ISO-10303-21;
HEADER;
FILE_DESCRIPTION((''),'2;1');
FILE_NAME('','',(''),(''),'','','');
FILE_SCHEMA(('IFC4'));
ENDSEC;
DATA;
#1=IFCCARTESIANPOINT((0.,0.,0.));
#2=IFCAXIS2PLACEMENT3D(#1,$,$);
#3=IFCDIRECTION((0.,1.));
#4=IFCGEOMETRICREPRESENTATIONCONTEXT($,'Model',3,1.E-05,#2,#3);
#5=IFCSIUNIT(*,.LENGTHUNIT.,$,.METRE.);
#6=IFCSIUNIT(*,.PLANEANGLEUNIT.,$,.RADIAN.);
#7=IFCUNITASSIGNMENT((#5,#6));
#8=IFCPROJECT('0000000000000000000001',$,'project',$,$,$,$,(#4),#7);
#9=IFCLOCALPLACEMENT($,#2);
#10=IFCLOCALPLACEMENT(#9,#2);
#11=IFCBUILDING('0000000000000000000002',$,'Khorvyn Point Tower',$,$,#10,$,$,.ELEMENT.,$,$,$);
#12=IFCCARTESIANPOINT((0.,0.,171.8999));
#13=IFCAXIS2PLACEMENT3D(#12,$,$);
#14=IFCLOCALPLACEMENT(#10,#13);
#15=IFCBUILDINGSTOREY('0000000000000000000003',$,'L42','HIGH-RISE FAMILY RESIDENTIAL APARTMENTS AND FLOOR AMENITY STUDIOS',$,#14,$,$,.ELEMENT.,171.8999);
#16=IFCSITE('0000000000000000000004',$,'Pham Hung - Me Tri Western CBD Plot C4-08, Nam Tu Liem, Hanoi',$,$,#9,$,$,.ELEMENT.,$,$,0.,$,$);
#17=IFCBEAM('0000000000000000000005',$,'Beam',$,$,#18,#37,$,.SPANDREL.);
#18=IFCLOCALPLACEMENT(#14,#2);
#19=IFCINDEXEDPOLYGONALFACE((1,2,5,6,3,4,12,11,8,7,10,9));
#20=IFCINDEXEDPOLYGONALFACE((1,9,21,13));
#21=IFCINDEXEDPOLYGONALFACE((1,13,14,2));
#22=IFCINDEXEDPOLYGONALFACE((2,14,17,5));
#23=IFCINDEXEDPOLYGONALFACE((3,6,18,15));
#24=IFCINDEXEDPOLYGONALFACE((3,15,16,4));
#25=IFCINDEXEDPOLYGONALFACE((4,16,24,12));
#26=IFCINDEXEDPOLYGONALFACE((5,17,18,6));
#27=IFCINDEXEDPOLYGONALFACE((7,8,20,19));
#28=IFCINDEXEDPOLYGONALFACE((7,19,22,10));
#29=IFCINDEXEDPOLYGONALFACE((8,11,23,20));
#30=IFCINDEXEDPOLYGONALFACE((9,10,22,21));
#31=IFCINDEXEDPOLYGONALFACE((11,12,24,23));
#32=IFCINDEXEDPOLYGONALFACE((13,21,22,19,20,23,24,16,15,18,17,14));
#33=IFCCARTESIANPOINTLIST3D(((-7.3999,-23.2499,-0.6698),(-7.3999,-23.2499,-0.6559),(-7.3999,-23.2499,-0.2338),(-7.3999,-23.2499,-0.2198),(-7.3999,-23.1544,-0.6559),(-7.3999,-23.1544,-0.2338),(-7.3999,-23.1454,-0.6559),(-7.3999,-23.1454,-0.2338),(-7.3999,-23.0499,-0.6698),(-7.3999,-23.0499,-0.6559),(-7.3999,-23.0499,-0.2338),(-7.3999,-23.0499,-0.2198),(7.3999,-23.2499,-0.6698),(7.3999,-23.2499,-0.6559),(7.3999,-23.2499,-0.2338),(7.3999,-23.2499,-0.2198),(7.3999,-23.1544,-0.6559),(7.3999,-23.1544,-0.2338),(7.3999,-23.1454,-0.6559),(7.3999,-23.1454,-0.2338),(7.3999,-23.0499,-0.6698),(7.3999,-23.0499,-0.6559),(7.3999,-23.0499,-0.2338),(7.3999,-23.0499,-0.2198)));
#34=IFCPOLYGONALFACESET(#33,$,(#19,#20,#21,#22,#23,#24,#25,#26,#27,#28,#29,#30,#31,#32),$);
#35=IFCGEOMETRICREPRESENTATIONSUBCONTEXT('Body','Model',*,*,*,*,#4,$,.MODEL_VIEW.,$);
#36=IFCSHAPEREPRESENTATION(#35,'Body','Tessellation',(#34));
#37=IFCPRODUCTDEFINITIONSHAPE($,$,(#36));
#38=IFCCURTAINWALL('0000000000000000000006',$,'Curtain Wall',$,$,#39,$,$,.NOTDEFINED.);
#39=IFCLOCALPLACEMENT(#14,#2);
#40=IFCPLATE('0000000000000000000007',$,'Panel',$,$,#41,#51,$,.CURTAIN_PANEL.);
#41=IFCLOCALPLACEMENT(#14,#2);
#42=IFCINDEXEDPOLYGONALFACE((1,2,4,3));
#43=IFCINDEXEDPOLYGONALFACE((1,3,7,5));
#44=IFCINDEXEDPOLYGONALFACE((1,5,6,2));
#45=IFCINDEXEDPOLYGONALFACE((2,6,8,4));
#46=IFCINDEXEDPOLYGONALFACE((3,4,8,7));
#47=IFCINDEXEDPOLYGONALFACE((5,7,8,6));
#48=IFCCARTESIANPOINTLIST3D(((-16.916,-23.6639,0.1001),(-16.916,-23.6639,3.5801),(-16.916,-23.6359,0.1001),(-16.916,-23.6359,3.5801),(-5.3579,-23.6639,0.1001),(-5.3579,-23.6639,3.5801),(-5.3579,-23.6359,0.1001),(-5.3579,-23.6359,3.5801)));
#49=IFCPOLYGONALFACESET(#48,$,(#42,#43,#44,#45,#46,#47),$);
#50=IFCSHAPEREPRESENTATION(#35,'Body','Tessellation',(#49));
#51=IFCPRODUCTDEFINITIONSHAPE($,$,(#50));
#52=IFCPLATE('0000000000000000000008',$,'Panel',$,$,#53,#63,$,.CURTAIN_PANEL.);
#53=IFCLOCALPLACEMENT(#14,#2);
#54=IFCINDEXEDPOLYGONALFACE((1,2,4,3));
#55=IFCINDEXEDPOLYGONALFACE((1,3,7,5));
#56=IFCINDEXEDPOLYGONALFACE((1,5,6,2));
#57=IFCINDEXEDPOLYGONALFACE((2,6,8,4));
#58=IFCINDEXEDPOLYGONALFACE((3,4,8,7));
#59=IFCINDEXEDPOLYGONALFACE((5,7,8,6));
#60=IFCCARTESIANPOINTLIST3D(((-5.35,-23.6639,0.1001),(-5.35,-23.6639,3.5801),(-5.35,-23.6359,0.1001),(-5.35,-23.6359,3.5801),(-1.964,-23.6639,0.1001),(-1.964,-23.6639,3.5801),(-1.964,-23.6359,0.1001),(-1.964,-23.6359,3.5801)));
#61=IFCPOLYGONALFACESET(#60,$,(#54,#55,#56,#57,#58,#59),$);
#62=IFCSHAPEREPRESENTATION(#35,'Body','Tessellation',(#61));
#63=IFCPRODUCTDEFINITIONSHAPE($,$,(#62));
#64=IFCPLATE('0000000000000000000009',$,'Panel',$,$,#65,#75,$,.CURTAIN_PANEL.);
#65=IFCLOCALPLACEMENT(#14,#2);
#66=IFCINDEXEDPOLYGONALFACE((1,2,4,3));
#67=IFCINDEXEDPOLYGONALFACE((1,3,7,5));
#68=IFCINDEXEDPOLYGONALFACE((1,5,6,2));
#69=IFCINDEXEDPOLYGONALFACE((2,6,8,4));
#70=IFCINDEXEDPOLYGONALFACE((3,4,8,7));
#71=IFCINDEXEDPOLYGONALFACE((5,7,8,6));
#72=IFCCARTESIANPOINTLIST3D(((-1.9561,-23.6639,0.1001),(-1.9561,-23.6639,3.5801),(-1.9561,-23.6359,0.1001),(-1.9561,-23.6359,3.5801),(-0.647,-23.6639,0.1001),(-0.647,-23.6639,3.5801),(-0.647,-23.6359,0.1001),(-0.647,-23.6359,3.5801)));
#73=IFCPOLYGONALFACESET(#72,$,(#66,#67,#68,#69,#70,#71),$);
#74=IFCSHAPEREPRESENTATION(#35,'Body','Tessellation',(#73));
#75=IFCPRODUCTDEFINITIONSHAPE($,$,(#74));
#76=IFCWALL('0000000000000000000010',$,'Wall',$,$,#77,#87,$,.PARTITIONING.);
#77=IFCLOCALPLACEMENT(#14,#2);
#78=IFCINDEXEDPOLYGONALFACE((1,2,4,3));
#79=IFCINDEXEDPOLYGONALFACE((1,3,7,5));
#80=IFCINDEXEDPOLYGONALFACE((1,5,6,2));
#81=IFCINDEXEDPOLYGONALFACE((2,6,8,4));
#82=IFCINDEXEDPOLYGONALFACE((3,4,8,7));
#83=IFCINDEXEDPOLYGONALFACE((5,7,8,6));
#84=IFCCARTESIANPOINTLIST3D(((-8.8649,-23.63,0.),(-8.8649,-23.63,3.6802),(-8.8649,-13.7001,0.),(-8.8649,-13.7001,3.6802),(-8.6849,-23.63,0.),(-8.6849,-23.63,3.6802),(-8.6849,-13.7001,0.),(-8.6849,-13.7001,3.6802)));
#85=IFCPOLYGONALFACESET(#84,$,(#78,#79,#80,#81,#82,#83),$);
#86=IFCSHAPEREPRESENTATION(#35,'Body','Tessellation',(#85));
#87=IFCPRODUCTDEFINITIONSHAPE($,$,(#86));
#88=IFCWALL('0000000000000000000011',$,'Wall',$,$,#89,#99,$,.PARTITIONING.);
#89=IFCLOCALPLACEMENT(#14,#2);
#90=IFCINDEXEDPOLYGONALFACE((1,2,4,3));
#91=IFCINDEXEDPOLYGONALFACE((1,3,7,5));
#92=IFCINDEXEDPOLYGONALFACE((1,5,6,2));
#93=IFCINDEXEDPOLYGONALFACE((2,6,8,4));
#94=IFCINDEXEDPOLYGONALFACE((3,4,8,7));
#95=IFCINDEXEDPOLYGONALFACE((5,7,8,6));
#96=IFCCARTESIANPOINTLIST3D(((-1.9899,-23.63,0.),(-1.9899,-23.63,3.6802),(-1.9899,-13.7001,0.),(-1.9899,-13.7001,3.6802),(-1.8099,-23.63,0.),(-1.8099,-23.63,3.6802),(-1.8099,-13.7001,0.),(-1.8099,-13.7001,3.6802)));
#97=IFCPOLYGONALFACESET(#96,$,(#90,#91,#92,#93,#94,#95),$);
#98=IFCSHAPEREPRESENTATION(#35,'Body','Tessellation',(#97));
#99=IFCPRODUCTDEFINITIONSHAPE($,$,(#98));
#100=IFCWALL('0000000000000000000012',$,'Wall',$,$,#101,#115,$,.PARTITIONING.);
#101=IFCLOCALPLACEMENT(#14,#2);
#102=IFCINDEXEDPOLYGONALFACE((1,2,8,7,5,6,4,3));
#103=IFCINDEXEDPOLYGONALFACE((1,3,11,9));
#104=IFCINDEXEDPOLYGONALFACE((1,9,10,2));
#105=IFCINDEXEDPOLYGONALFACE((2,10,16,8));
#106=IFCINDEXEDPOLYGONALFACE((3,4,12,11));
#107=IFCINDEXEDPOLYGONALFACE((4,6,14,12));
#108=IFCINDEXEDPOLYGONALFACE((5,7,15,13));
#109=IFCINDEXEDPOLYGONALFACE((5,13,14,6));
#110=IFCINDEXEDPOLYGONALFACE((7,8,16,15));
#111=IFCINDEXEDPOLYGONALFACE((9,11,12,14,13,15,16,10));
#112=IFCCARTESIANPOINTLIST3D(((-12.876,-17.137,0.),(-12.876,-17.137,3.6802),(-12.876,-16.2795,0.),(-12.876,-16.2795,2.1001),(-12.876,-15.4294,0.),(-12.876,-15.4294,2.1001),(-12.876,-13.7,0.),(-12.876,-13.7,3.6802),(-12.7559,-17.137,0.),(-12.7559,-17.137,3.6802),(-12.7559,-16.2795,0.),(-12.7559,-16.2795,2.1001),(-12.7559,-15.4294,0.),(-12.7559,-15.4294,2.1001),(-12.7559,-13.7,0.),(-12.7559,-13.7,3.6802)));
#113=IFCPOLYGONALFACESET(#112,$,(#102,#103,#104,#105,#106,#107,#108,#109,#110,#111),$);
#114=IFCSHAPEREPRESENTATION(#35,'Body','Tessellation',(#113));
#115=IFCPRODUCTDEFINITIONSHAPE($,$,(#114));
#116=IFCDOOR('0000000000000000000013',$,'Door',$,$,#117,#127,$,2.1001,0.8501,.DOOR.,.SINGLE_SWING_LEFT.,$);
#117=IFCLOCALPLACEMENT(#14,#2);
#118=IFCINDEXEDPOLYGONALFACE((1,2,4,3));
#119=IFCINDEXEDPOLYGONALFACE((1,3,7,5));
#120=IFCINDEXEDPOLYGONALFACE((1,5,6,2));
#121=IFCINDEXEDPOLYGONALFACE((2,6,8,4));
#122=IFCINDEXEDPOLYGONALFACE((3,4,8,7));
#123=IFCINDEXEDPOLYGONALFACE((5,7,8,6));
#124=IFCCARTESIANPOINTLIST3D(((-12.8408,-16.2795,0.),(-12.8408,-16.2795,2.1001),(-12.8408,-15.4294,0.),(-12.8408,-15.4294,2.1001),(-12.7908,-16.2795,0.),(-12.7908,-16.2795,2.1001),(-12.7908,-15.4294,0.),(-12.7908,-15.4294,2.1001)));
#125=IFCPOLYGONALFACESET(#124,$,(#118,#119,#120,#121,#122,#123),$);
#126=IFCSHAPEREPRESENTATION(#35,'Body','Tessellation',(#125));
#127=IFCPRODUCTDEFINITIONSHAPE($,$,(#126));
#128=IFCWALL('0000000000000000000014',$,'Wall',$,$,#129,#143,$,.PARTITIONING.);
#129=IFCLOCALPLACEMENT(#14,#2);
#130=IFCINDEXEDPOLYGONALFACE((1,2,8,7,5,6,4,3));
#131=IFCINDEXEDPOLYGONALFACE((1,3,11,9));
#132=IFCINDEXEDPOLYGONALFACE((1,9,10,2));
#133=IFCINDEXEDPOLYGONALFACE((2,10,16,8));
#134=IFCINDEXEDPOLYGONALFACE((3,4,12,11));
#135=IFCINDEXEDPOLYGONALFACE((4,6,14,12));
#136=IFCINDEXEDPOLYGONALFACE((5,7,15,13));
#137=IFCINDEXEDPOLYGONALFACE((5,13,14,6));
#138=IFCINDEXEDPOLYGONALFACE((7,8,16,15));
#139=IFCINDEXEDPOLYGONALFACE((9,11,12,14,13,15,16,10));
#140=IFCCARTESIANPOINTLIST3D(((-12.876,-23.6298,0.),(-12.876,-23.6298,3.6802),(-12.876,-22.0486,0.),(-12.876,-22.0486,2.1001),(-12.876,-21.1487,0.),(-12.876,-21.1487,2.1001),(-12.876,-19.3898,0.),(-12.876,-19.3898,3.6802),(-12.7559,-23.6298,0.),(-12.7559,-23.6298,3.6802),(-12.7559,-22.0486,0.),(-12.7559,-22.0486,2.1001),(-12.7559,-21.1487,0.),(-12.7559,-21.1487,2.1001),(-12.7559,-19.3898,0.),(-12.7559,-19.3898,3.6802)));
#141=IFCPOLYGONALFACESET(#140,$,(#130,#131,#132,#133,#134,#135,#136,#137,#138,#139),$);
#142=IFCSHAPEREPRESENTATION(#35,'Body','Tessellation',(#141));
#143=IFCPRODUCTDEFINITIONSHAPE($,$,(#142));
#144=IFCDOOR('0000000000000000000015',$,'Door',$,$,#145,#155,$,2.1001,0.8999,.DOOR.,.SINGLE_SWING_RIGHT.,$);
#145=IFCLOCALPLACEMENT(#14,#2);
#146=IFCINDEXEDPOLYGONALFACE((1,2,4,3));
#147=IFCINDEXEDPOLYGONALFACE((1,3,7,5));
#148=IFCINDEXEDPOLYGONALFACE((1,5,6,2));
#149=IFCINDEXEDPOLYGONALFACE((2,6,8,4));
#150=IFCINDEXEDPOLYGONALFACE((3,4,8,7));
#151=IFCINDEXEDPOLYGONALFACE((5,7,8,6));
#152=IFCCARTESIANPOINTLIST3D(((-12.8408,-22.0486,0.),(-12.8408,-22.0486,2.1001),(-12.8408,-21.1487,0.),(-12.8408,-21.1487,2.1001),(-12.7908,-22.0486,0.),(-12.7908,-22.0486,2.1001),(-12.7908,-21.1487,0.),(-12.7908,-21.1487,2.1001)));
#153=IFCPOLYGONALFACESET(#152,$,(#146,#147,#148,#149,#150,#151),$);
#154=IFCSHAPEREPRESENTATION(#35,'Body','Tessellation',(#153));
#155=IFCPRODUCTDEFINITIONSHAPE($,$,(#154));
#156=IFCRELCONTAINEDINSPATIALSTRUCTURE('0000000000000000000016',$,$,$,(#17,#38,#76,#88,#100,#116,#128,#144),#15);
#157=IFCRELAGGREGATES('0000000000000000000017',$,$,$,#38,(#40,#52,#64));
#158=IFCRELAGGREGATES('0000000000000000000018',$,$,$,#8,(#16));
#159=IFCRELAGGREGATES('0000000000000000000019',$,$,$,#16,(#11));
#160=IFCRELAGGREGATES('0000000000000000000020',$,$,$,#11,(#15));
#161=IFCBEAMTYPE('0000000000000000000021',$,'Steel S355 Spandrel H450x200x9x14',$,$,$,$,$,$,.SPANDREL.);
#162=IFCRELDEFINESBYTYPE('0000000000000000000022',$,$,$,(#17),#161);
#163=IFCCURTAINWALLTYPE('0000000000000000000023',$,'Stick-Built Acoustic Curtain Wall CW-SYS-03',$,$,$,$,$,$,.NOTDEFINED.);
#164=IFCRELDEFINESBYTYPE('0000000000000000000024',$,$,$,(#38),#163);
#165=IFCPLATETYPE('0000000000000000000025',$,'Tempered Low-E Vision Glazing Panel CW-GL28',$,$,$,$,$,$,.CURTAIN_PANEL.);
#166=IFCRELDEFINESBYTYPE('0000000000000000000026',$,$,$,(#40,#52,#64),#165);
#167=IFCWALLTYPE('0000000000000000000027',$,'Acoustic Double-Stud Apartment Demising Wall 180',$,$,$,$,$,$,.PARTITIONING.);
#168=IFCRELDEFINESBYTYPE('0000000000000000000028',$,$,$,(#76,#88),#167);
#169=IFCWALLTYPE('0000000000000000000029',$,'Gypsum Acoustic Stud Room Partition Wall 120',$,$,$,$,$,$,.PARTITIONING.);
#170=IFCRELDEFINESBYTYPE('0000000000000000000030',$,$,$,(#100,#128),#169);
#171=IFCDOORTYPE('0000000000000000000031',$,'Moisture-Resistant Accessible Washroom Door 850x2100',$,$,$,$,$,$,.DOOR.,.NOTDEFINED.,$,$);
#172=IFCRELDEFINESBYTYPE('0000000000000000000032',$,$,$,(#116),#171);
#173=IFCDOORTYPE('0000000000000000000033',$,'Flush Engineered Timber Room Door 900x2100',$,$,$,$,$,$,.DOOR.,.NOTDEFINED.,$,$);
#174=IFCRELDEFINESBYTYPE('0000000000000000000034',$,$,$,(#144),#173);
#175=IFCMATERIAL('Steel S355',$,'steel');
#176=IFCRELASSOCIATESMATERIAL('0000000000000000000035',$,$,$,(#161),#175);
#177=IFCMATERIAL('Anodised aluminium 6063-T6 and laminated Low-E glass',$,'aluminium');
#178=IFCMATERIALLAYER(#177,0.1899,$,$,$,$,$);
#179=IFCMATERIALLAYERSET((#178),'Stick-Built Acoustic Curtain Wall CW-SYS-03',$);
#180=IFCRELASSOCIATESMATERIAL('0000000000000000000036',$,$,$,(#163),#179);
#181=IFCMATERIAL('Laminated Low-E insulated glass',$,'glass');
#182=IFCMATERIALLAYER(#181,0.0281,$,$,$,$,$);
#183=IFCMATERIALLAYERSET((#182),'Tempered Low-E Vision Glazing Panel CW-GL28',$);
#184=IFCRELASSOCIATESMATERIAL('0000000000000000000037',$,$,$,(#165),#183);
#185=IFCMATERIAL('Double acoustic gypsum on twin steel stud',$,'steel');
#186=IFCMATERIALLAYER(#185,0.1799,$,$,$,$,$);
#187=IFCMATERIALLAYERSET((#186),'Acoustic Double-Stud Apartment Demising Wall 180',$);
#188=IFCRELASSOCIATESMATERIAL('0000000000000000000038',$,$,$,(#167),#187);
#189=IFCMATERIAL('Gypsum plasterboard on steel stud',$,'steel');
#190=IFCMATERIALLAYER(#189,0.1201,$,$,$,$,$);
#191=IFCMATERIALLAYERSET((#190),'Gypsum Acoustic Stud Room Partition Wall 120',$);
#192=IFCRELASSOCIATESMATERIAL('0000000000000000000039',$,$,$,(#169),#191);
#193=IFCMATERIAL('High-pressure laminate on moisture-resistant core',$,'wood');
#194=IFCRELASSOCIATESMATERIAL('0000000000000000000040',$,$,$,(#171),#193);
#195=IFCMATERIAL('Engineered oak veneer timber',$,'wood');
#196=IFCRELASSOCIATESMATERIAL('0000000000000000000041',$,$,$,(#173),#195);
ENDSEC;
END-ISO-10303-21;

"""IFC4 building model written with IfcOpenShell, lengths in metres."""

from ifc_helpers import new_model, si_unit, direction, frame, frame_2d, origin, origin_2d, place, context, subcontext, project, spatial, rectangle, i_section, extrude, material, layer, layer_set, material_profile, profile_set, type_object, element, fill, aggregate, save


model = new_model("IFC4")

# Units and contexts
model_context = context("Model", 3, precision=1e-05, world=origin(), true_north=direction((0.0, 1.0)))
body_context = subcontext(model_context, "Body", "Model", "MODEL_VIEW")
ifc_project = project(units=[si_unit("LENGTHUNIT", "METRE"), si_unit("PLANEANGLEUNIT", "RADIAN")], contexts=[model_context])

# Site, building, storey
site_placement = place(None, origin())
site = spatial("IfcSite", under=ifc_project, at=site_placement, Name="Pham Hung - Me Tri Western CBD Plot C4-08, Nam Tu Liem, Hanoi", CompositionType="ELEMENT", RefElevation=0.0)
building_placement = place(site_placement, origin())
building = spatial("IfcBuilding", under=site, at=building_placement, Name="Khorvyn Point Tower", CompositionType="ELEMENT")
storey_placement = place(building_placement, frame((0.0, 0.0, 171.8999)))
storey = spatial("IfcBuildingStorey", under=building, at=storey_placement, Name="L42", Description="HIGH-RISE FAMILY RESIDENTIAL APARTMENTS AND FLOOR AMENITY STUDIOS", CompositionType="ELEMENT", Elevation=171.8999)

# Beam
ifc_material_1 = material(Name="Steel S355", Category="steel")
ifc_material_profile_1 = material_profile(ifc_material_1, i_section(OverallWidth=0.2, OverallDepth=0.45, WebThickness=0.009, FlangeThickness=0.0139, at=origin_2d()))
ifc_profile_set_1 = profile_set([ifc_material_profile_1], Name="Steel S355 H450x200x9x14")
beam_type_1 = type_object("IfcBeamType", Name="Steel S355 Spandrel H450x200x9x14", PredefinedType="SPANDREL", material=ifc_profile_set_1)
beam_1_placement = place(storey_placement, frame((-7.3999, -23.1499, -0.4448), z_axis=(1.0, 0.0, 0.0), x_axis=(0.0, 1.0, 0.0)))
element("IfcBeam", 1, at=beam_1_placement, inside=storey, type_object=beam_type_1, Name="Beam", PredefinedType="SPANDREL", context=body_context, shape_type="SweptSolid", body=[
    extrude(i_section(OverallWidth=0.2, OverallDepth=0.45, WebThickness=0.009, FlangeThickness=0.0139, at=origin_2d()), origin(), (0.0, 0.0, 1.0), 14.7998),
])

# Curtain wall, plates
ifc_material_2 = material(Name="Anodised aluminium 6063-T6 and laminated Low-E glass", Category="aluminium")
ifc_layer_1 = layer(ifc_material_2, 0.1899)
ifc_layer_set_1 = layer_set([ifc_layer_1], Name="Stick-Built Acoustic Curtain Wall CW-SYS-03")
curtain_wall_type = type_object("IfcCurtainWallType", Name="Stick-Built Acoustic Curtain Wall CW-SYS-03", PredefinedType="NOTDEFINED", material=ifc_layer_set_1)
curtain_wall_placement = place(storey_placement, origin())
curtain_wall = element("IfcCurtainWall", 2, at=curtain_wall_placement, inside=storey, type_object=curtain_wall_type, Name="Curtain Wall", PredefinedType="NOTDEFINED")
ifc_material_3 = material(Name="Laminated Low-E insulated glass", Category="glass")
ifc_layer_2 = layer(ifc_material_3, 0.0281)
ifc_layer_set_2 = layer_set([ifc_layer_2], Name="Tempered Low-E Vision Glazing Panel CW-GL28")
plate_type = type_object("IfcPlateType", Name="Tempered Low-E Vision Glazing Panel CW-GL28", PredefinedType="CURTAIN_PANEL", material=ifc_layer_set_2)
plate_1_placement = place(storey_placement, frame((-11.137, -23.6499, 0.1001), z_axis=(0.0, 0.0, 1.0), x_axis=(-1.0, 0.0, 0.0)))
plate_1 = element("IfcPlate", 3, at=plate_1_placement, type_object=plate_type, Name="Panel", PredefinedType="CURTAIN_PANEL", context=body_context, shape_type="SweptSolid", body=[
    extrude(rectangle(XDim=11.5581, YDim=0.0281, at=origin_2d()), origin(), (0.0, 0.0, 1.0), 3.48),
])
plate_2_placement = place(storey_placement, frame((-3.657, -23.6499, 0.1001), z_axis=(0.0, 0.0, 1.0), x_axis=(-1.0, 0.0, 0.0)))
plate_2 = element("IfcPlate", 4, at=plate_2_placement, type_object=plate_type, Name="Panel", PredefinedType="CURTAIN_PANEL", context=body_context, shape_type="SweptSolid", body=[
    extrude(rectangle(XDim=3.386, YDim=0.0281, at=origin_2d()), origin(), (0.0, 0.0, 1.0), 3.48),
])
plate_3_placement = place(storey_placement, frame((-1.3015, -23.6499, 0.1001), z_axis=(0.0, 0.0, 1.0), x_axis=(-1.0, 0.0, 0.0)))
plate_3 = element("IfcPlate", 5, at=plate_3_placement, type_object=plate_type, Name="Panel", PredefinedType="CURTAIN_PANEL", context=body_context, shape_type="SweptSolid", body=[
    extrude(rectangle(XDim=1.3091, YDim=0.0281, at=origin_2d()), origin(), (0.0, 0.0, 1.0), 3.48),
])
aggregate(curtain_wall, [plate_1, plate_2, plate_3])

# Walls
ifc_material_4 = material(Name="Double acoustic gypsum on twin steel stud", Category="steel")
ifc_layer_3 = layer(ifc_material_4, 0.1799)
ifc_layer_set_3 = layer_set([ifc_layer_3], Name="Acoustic Double-Stud Apartment Demising Wall 180")
wall_type_1 = type_object("IfcWallType", Name="Acoustic Double-Stud Apartment Demising Wall 180", PredefinedType="PARTITIONING", material=ifc_layer_set_3)
for number, where, z_axis, x_axis, name in (
    (6, (-8.7749, -23.6299, 0.0), (0.0, 0.0, 1.0), (0.0, 1.0, 0.0), "Wall"),
    (7, (-1.8999, -23.6299, 0.0), (0.0, 0.0, 1.0), (0.0, 1.0, 0.0), "Wall"),
):
    element("IfcWall", number, at=place(storey_placement, frame(where, z_axis=z_axis, x_axis=x_axis)), inside=storey, type_object=wall_type_1, Name=name, PredefinedType="PARTITIONING", context=body_context, shape_type="SweptSolid", body=[
        extrude(rectangle(XDim=9.9299, YDim=0.1799, at=frame_2d((4.9648, 0.0))), origin(), (0.0, 0.0, 1.0), 3.6802),
    ])

# Walls, openings, doors
ifc_material_5 = material(Name="Gypsum plasterboard on steel stud", Category="steel")
ifc_layer_4 = layer(ifc_material_5, 0.1201)
ifc_layer_set_4 = layer_set([ifc_layer_4], Name="Gypsum Acoustic Stud Room Partition Wall 120")
wall_type_2 = type_object("IfcWallType", Name="Gypsum Acoustic Stud Room Partition Wall 120", PredefinedType="PARTITIONING", material=ifc_layer_set_4)
wall_1_placement = place(storey_placement, frame((-12.8159, -17.137, 0.0), z_axis=(0.0, 0.0, 1.0), x_axis=(0.0, 1.0, 0.0)))
wall_1 = element("IfcWall", 8, at=wall_1_placement, inside=storey, type_object=wall_type_2, Name="Wall", PredefinedType="PARTITIONING", context=body_context, shape_type="SweptSolid", body=[
    extrude(rectangle(XDim=3.437, YDim=0.1201, at=frame_2d((1.7185, 0.0))), origin(), (0.0, 0.0, 1.0), 3.6802),
])
opening_1_placement = place(wall_1_placement, frame((0.8574, 0.0, 0.0)))
opening_1 = element("IfcOpeningElement", 9, at=opening_1_placement, cuts=wall_1, PredefinedType="OPENING", context=body_context, shape_type="SweptSolid", body=[
    extrude(rectangle(XDim=0.8501, YDim=2.1001, at=frame_2d((0.425, 1.05))), frame((0.0, 0.0701, 0.0), z_axis=(0.0, -1.0, 0.0), x_axis=(1.0, 0.0, 0.0)), (0.0, 0.0, 1.0), 0.1401),
])
ifc_material_6 = material(Name="High-pressure laminate on moisture-resistant core", Category="wood")
door_type_1 = type_object("IfcDoorType", Name="Moisture-Resistant Accessible Washroom Door 850x2100", OperationType="NOTDEFINED", PredefinedType="DOOR", material=ifc_material_6)
door_1_placement = place(opening_1_placement, origin())
door_1 = element("IfcDoor", 10, at=door_1_placement, inside=storey, type_object=door_type_1, Name="Door", OperationType="SINGLE_SWING_LEFT", OverallHeight=2.1001, OverallWidth=0.8501, PredefinedType="DOOR", context=body_context, shape_type="SweptSolid", body=[
    extrude(rectangle(XDim=0.8501, YDim=2.1001, at=frame_2d((0.425, 1.05))), frame((0.0, 0.0249, 0.0), z_axis=(0.0, -1.0, 0.0), x_axis=(1.0, 0.0, 0.0)), (0.0, 0.0, 1.0), 0.05),
])
fill(opening_1, door_1)
wall_2_placement = place(storey_placement, frame((-12.8159, -23.6299, 0.0), z_axis=(0.0, 0.0, 1.0), x_axis=(0.0, 1.0, 0.0)))
wall_2 = element("IfcWall", 11, at=wall_2_placement, inside=storey, type_object=wall_type_2, Name="Wall", PredefinedType="PARTITIONING", context=body_context, shape_type="SweptSolid", body=[
    extrude(rectangle(XDim=4.24, YDim=0.1201, at=frame_2d((2.1201, 0.0))), origin(), (0.0, 0.0, 1.0), 3.6802),
])
opening_2_placement = place(wall_2_placement, frame((1.5813, 0.0, 0.0)))
opening_2 = element("IfcOpeningElement", 12, at=opening_2_placement, cuts=wall_2, PredefinedType="OPENING", context=body_context, shape_type="SweptSolid", body=[
    extrude(rectangle(XDim=0.8999, YDim=2.1001, at=frame_2d((0.45, 1.05))), frame((0.0, 0.0701, 0.0), z_axis=(0.0, -1.0, 0.0), x_axis=(1.0, 0.0, 0.0)), (0.0, 0.0, 1.0), 0.1401),
])
ifc_material_7 = material(Name="Engineered oak veneer timber", Category="wood")
door_type_2 = type_object("IfcDoorType", Name="Flush Engineered Timber Room Door 900x2100", OperationType="NOTDEFINED", PredefinedType="DOOR", material=ifc_material_7)
door_2_placement = place(opening_2_placement, origin())
door_2 = element("IfcDoor", 13, at=door_2_placement, inside=storey, type_object=door_type_2, Name="Door", OperationType="SINGLE_SWING_RIGHT", OverallHeight=2.1001, OverallWidth=0.8999, PredefinedType="DOOR", context=body_context, shape_type="SweptSolid", body=[
    extrude(rectangle(XDim=0.8999, YDim=2.1001, at=frame_2d((0.45, 1.05))), frame((0.0, 0.0249, 0.0), z_axis=(0.0, -1.0, 0.0), x_axis=(1.0, 0.0, 0.0)), (0.0, 0.0, 1.0), 0.05),
])
fill(opening_2, door_2)

save(model, "model.ifc")
